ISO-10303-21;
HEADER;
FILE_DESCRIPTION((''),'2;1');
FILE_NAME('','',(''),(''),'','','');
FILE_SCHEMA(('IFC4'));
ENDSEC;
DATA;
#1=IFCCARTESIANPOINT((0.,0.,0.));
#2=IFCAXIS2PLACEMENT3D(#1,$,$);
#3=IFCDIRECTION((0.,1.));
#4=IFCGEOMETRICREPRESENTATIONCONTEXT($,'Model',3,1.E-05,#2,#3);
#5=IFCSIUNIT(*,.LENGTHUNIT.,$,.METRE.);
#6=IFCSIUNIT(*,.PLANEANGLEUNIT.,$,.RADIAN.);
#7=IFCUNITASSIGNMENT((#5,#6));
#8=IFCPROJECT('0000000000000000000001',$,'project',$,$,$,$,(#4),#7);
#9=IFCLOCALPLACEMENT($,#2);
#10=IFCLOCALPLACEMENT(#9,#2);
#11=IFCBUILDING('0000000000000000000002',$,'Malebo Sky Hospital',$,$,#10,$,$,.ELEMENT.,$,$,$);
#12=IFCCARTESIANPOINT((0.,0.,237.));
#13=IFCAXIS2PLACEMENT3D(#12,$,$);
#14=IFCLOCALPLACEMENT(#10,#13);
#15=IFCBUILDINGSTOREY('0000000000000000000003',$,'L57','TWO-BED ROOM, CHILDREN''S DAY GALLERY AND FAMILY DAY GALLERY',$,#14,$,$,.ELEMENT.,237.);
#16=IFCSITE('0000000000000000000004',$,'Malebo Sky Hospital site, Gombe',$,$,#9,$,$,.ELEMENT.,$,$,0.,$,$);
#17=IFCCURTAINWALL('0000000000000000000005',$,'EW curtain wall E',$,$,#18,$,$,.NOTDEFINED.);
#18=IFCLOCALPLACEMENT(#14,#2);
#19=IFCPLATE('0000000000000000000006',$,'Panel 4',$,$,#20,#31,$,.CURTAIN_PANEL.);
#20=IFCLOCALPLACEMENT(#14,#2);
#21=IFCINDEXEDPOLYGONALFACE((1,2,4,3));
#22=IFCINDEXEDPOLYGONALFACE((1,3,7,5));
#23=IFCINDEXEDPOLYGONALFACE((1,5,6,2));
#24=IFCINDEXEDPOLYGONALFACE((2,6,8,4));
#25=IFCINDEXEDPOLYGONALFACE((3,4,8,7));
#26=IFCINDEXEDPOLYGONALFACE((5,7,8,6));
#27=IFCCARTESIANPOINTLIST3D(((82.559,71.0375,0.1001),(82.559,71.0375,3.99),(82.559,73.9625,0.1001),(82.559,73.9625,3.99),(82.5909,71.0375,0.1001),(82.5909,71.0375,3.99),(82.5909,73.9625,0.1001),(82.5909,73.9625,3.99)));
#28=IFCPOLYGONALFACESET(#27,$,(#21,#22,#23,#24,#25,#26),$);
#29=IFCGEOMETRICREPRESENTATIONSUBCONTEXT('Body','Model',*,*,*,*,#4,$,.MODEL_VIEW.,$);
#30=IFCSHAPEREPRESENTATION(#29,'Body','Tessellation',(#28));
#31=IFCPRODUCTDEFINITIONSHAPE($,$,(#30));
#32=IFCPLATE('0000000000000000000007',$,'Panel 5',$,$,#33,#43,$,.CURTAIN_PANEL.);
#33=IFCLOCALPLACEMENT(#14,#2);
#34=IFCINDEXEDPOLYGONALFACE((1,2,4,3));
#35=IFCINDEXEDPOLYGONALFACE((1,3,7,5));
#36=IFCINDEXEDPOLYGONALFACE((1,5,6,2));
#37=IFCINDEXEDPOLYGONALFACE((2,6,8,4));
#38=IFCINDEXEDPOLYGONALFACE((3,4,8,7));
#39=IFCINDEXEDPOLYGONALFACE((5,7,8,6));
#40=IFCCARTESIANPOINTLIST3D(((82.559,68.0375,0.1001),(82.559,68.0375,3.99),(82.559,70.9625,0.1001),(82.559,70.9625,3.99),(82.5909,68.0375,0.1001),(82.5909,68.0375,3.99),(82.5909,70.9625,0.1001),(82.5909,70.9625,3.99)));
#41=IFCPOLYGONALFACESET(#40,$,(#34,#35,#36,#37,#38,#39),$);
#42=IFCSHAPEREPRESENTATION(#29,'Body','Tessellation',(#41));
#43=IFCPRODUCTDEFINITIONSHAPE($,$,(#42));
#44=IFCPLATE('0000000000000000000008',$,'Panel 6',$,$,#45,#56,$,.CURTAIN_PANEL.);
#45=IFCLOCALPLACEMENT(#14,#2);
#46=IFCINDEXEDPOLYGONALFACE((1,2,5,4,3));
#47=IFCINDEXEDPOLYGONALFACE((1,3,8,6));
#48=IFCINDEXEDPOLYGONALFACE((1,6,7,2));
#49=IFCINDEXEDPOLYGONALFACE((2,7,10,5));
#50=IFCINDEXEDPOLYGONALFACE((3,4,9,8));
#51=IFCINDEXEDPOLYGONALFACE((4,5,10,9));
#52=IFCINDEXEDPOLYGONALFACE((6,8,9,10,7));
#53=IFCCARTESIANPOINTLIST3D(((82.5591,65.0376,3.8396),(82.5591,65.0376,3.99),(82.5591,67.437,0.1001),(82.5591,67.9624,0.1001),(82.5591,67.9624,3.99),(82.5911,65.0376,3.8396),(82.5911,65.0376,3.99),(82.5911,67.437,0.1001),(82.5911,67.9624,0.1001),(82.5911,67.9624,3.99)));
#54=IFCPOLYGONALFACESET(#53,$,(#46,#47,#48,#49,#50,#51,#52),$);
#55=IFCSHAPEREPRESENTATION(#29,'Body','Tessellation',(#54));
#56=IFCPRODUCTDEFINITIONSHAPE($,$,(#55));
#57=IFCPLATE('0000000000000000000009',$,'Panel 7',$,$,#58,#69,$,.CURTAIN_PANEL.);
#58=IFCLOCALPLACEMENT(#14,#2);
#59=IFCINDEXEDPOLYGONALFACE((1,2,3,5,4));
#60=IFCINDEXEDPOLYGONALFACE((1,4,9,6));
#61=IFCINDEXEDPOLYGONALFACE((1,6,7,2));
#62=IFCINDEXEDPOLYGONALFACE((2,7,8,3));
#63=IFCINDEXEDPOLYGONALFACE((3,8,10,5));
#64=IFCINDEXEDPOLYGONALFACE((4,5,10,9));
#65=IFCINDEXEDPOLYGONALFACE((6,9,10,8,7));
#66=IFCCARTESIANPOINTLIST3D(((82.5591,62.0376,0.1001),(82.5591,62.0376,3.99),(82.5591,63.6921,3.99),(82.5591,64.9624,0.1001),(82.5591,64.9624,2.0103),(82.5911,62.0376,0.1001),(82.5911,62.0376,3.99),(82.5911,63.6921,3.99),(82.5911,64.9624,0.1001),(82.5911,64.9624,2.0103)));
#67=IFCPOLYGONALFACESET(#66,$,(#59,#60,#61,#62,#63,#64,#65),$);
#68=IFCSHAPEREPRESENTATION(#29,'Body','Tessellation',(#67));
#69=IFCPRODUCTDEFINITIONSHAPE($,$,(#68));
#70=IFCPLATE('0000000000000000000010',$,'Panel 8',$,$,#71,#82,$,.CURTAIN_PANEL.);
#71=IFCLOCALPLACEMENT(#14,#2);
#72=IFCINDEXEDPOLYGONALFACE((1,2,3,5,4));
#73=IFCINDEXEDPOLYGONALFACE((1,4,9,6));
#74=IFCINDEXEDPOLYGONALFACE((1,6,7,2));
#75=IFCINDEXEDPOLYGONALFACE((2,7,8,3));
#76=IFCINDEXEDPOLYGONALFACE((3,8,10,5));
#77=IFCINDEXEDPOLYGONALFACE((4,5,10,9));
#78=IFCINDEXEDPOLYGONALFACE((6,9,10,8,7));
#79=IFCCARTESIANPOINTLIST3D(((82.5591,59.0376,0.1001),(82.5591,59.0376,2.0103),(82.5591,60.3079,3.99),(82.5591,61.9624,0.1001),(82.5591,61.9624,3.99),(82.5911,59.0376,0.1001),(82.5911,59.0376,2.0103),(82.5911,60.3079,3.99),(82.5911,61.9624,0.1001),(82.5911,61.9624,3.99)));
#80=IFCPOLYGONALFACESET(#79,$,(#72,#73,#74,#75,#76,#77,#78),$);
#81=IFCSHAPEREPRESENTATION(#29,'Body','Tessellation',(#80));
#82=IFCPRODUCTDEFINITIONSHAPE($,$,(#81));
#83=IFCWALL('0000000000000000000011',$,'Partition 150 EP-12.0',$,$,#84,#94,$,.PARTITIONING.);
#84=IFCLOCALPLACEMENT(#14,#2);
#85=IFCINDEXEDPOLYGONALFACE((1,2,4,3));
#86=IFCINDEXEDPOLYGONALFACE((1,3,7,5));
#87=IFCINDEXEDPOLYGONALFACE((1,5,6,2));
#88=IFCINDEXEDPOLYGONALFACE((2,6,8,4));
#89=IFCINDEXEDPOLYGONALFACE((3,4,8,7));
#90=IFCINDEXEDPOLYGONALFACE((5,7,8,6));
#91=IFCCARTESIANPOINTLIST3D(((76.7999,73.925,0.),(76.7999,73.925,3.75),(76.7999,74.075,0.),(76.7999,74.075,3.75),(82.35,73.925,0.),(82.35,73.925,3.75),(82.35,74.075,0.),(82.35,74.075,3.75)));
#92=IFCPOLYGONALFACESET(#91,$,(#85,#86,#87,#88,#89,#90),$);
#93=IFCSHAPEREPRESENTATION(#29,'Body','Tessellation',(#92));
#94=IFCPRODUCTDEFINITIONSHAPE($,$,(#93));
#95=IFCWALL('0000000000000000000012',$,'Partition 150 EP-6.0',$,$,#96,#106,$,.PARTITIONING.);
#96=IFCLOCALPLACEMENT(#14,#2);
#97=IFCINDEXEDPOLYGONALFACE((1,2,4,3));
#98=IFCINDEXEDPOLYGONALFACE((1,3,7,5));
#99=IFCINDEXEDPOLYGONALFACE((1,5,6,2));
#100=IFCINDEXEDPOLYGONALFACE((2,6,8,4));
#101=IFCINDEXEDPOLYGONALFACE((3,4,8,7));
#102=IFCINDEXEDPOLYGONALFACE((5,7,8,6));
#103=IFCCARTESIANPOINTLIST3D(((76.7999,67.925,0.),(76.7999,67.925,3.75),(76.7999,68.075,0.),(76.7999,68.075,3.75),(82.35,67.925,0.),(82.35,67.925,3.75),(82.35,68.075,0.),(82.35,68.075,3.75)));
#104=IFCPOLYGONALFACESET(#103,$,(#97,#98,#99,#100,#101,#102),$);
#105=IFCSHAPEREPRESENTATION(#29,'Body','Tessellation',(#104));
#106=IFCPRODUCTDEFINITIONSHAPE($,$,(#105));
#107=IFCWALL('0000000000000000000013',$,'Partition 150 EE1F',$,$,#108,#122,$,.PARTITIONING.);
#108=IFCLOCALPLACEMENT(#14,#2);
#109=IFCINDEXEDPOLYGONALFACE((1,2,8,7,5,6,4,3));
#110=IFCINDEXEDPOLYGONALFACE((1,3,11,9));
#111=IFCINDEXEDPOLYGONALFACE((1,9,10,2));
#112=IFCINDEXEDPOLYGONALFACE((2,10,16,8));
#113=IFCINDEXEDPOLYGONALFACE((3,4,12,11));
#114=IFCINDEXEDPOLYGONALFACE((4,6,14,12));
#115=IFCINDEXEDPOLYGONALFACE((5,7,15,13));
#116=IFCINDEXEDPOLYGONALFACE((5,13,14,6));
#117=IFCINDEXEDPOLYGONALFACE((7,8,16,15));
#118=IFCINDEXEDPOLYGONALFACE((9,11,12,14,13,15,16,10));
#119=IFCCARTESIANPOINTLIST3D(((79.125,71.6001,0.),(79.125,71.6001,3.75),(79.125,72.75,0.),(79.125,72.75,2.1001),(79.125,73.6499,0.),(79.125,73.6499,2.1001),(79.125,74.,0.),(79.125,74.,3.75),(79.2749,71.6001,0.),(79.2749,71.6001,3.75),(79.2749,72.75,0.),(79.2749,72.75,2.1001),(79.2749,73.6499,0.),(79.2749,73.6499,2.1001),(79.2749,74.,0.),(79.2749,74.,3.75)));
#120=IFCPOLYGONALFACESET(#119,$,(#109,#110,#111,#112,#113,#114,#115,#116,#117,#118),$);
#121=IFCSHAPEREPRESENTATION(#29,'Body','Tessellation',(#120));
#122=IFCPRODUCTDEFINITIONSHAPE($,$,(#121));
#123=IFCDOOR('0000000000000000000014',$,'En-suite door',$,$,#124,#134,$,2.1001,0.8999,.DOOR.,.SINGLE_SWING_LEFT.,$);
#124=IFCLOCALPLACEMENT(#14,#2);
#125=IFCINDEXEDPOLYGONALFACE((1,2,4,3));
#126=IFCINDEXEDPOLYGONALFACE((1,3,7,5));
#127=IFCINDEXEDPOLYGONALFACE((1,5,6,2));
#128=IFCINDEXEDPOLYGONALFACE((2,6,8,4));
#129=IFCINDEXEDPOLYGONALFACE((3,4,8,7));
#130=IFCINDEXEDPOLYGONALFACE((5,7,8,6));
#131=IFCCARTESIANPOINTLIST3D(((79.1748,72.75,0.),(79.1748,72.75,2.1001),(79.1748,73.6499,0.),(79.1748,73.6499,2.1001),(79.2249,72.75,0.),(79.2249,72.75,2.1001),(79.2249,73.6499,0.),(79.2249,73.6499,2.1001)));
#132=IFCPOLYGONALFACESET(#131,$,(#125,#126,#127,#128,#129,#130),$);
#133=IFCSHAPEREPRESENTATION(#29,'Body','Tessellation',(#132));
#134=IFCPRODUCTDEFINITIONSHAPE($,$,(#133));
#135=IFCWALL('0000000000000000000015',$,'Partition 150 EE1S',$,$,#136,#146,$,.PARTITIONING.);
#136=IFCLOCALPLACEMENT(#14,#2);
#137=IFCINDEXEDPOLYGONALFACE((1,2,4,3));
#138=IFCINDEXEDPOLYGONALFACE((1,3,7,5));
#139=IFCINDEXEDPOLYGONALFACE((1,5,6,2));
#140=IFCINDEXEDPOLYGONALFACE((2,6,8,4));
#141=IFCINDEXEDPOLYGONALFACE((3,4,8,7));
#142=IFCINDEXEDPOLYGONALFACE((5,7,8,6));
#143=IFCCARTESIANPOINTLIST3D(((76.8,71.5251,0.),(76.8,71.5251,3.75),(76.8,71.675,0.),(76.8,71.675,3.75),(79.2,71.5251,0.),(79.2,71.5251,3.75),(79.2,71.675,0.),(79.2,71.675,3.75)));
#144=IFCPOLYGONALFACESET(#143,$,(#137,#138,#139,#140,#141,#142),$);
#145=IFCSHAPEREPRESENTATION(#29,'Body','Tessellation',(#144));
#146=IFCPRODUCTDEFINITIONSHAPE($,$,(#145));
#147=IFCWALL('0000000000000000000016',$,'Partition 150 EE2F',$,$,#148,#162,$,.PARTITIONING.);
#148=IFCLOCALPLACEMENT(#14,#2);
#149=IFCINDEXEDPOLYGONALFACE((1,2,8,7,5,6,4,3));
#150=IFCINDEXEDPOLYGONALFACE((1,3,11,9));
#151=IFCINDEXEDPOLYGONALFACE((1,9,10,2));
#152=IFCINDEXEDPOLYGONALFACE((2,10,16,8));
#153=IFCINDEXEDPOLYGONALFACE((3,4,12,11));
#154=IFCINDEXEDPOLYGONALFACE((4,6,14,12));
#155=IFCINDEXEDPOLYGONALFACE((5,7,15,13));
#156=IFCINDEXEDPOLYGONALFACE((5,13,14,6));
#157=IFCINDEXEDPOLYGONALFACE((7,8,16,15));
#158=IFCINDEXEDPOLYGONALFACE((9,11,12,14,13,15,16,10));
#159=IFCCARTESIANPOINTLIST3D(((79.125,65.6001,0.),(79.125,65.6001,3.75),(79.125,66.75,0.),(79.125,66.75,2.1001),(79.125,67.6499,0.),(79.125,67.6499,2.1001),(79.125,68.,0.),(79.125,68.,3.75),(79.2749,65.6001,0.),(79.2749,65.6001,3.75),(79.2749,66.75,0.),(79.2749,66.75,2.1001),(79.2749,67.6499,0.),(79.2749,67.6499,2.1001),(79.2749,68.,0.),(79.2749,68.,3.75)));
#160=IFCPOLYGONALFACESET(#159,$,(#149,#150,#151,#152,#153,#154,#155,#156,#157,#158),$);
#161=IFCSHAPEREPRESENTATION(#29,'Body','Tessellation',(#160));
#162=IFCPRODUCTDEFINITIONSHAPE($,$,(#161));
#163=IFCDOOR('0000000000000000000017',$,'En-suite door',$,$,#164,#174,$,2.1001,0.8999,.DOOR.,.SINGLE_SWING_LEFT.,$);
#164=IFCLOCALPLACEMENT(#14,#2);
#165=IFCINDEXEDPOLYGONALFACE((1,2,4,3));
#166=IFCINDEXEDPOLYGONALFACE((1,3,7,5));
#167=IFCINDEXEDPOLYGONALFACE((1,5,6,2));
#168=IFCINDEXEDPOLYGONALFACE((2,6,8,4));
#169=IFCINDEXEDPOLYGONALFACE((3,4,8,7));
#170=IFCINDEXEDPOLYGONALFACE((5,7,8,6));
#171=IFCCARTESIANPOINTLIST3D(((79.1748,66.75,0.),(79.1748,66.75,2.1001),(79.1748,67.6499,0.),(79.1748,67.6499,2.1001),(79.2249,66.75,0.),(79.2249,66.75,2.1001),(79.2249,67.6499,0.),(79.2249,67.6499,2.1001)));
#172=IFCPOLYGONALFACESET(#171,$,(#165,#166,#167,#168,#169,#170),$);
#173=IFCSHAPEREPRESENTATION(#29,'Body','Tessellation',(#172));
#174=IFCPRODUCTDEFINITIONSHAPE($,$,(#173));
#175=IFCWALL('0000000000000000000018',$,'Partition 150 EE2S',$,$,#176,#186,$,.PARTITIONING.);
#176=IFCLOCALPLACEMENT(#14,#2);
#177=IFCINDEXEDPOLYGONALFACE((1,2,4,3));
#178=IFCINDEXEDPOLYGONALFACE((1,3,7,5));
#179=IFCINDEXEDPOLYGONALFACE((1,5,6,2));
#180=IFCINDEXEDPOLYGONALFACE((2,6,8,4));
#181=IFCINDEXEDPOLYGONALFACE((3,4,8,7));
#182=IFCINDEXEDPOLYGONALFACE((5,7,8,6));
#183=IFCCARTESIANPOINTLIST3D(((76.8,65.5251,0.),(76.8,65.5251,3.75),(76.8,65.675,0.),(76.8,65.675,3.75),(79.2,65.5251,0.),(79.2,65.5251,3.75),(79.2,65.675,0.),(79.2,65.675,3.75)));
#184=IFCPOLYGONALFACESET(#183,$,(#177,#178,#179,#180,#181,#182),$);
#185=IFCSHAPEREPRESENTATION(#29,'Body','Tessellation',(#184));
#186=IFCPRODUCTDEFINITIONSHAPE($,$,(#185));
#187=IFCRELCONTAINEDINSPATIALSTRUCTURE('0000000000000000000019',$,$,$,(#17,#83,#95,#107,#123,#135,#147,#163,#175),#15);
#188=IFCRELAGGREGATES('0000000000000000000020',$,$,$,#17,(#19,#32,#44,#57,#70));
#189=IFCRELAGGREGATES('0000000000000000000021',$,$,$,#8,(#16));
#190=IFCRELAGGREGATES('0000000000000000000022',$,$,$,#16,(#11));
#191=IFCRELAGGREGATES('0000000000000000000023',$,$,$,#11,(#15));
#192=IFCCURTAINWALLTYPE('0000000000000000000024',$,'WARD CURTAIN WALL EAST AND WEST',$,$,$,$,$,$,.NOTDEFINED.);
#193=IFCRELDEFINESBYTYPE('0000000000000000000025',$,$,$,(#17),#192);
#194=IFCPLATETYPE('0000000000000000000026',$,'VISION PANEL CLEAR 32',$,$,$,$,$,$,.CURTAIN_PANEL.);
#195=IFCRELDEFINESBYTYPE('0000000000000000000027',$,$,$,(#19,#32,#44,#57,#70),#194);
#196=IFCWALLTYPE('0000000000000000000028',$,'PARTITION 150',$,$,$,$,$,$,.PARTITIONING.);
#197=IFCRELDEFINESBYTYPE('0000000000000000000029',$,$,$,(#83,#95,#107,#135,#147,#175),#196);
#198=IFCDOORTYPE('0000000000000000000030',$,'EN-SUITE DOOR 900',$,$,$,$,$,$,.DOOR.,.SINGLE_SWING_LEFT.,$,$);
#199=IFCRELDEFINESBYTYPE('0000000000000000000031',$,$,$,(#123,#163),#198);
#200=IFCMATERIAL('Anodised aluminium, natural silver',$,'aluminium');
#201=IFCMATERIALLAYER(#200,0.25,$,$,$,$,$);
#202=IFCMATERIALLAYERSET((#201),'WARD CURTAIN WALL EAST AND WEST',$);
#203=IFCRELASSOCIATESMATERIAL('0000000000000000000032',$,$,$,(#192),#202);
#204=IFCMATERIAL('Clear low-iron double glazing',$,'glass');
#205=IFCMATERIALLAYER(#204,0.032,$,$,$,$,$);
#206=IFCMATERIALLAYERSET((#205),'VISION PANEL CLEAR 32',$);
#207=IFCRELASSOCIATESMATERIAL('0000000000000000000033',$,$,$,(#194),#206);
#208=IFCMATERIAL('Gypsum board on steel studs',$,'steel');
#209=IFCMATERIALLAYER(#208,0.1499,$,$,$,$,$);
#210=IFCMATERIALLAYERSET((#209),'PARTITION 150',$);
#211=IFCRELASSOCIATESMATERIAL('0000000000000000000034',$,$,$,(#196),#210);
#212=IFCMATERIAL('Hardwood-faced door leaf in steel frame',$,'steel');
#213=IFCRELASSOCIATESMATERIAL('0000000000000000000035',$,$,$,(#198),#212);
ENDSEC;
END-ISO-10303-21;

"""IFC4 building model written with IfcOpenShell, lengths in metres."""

from ifc_helpers import new_model, si_unit, direction, frame, frame_2d, origin, origin_2d, place, context, subcontext, project, spatial, polyline, rectangle, outline, extrude, material, layer, layer_set, type_object, element, fill, aggregate, save


model = new_model("IFC4")

# Units and contexts
model_context = context("Model", 3, precision=1e-05, world=origin(), true_north=direction((0.0, 1.0)))
body_context = subcontext(model_context, "Body", "Model", "MODEL_VIEW")
ifc_project = project(units=[si_unit("LENGTHUNIT", "METRE"), si_unit("PLANEANGLEUNIT", "RADIAN")], contexts=[model_context])

# Site, building, storey
site_placement = place(None, origin())
site = spatial("IfcSite", under=ifc_project, at=site_placement, Name="Malebo Sky Hospital site, Gombe", CompositionType="ELEMENT", RefElevation=0.0)
building_placement = place(site_placement, origin())
building = spatial("IfcBuilding", under=site, at=building_placement, Name="Malebo Sky Hospital", CompositionType="ELEMENT")
storey_placement = place(building_placement, frame((0.0, 0.0, 237.0)))
storey = spatial("IfcBuildingStorey", under=building, at=storey_placement, Name="L57", Description="TWO-BED ROOM, CHILDREN'S DAY GALLERY AND FAMILY DAY GALLERY", CompositionType="ELEMENT", Elevation=237.0)

# Curtain wall
ifc_material_1 = material(Name="Anodised aluminium, natural silver", Category="aluminium")
ifc_layer_1 = layer(ifc_material_1, 0.25)
ifc_layer_set_1 = layer_set([ifc_layer_1], Name="WARD CURTAIN WALL EAST AND WEST")
curtain_wall_type = type_object("IfcCurtainWallType", Name="WARD CURTAIN WALL EAST AND WEST", PredefinedType="NOTDEFINED", material=ifc_layer_set_1)
curtain_wall_placement = place(storey_placement, origin())
curtain_wall = element("IfcCurtainWall", 1, at=curtain_wall_placement, inside=storey, type_object=curtain_wall_type, Name="EW curtain wall E", PredefinedType="NOTDEFINED")

# Plates
ifc_material_2 = material(Name="Clear low-iron double glazing", Category="glass")
ifc_layer_2 = layer(ifc_material_2, 0.032)
ifc_layer_set_2 = layer_set([ifc_layer_2], Name="VISION PANEL CLEAR 32")
plate_type = type_object("IfcPlateType", Name="VISION PANEL CLEAR 32", PredefinedType="CURTAIN_PANEL", material=ifc_layer_set_2)
plate_1_placement = place(storey_placement, frame((82.575, 72.5, 0.1001), z_axis=(0.0, 0.0, 1.0), x_axis=(0.0, -1.0, 0.0)))
plate_1 = element("IfcPlate", 2, at=plate_1_placement, type_object=plate_type, Name="Panel 4", PredefinedType="CURTAIN_PANEL", context=body_context, shape_type="SweptSolid", body=[
    extrude(rectangle(XDim=2.925, YDim=0.032, at=origin_2d()), origin(), (0.0, 0.0, 1.0), 3.8899),
])
plate_2_placement = place(storey_placement, frame((82.575, 69.5, 0.1001), z_axis=(0.0, 0.0, 1.0), x_axis=(0.0, -1.0, 0.0)))
plate_2 = element("IfcPlate", 3, at=plate_2_placement, type_object=plate_type, Name="Panel 5", PredefinedType="CURTAIN_PANEL", context=body_context, shape_type="SweptSolid", body=[
    extrude(rectangle(XDim=2.925, YDim=0.032, at=origin_2d()), origin(), (0.0, 0.0, 1.0), 3.8899),
])
plate_3_placement = place(storey_placement, frame((82.575, 66.5, 0.1001), z_axis=(0.0, 0.0, 1.0), x_axis=(0.0, -1.0, 0.0)))
plate_3 = element("IfcPlate", 4, at=plate_3_placement, type_object=plate_type, Name="Panel 6", PredefinedType="CURTAIN_PANEL", context=body_context, shape_type="SweptSolid", body=[
    extrude(outline(polyline([(-1.4624, 0.0), (-0.937, 0.0), (1.4624, 3.7395), (1.4624, 3.8899), (-1.4624, 3.8899), (-1.4624, 0.0)])), frame((0.0, 0.0161, 0.0), z_axis=(0.0, -1.0, 0.0), x_axis=(1.0, 0.0, 0.0)), (0.0, 0.0, 1.0), 0.032),
])
plate_4_placement = place(storey_placement, frame((82.575, 63.5, 0.1001), z_axis=(0.0, 0.0, 1.0), x_axis=(0.0, -1.0, 0.0)))
plate_4 = element("IfcPlate", 5, at=plate_4_placement, type_object=plate_type, Name="Panel 7", PredefinedType="CURTAIN_PANEL", context=body_context, shape_type="SweptSolid", body=[
    extrude(outline(polyline([(-1.4624, 0.0), (1.4624, 0.0), (1.4624, 3.8899), (-0.1921, 3.8899), (-1.4624, 1.9102), (-1.4624, 0.0)])), frame((0.0, 0.0161, 0.0), z_axis=(0.0, -1.0, 0.0), x_axis=(1.0, 0.0, 0.0)), (0.0, 0.0, 1.0), 0.032),
])
plate_5_placement = place(storey_placement, frame((82.575, 60.5, 0.1001), z_axis=(0.0, 0.0, 1.0), x_axis=(0.0, -1.0, 0.0)))
plate_5 = element("IfcPlate", 6, at=plate_5_placement, type_object=plate_type, Name="Panel 8", PredefinedType="CURTAIN_PANEL", context=body_context, shape_type="SweptSolid", body=[
    extrude(outline(polyline([(-1.4624, 0.0), (1.4624, 0.0), (1.4624, 1.9102), (0.1921, 3.8899), (-1.4624, 3.8899), (-1.4624, 0.0)])), frame((0.0, 0.0161, 0.0), z_axis=(0.0, -1.0, 0.0), x_axis=(1.0, 0.0, 0.0)), (0.0, 0.0, 1.0), 0.032),
])
aggregate(curtain_wall, [plate_1, plate_2, plate_3, plate_4, plate_5])

# Walls
ifc_material_3 = material(Name="Gypsum board on steel studs", Category="steel")
ifc_layer_3 = layer(ifc_material_3, 0.1499)
ifc_layer_set_3 = layer_set([ifc_layer_3], Name="PARTITION 150")
wall_type_1 = type_object("IfcWallType", Name="PARTITION 150", PredefinedType="PARTITIONING", material=ifc_layer_set_3)
for number, where, z_axis, x_axis, name in (
    (7, (76.8, 74.0, 0.0), (0.0, 0.0, 1.0), (1.0, 0.0, 0.0), "Partition 150 EP-12.0"),
    (8, (76.8, 68.0, 0.0), (0.0, 0.0, 1.0), (1.0, 0.0, 0.0), "Partition 150 EP-6.0"),
):
    element("IfcWall", number, at=place(storey_placement, frame(where, z_axis=z_axis, x_axis=x_axis)), inside=storey, type_object=wall_type_1, Name=name, PredefinedType="PARTITIONING", context=body_context, shape_type="SweptSolid", body=[
        extrude(rectangle(XDim=5.55, YDim=0.1499, at=frame_2d((2.7749, 0.0))), origin(), (0.0, 0.0, 1.0), 3.75),
    ])

# Wall, opening, door
wall_1_placement = place(storey_placement, frame((79.2, 74.0, 0.0), z_axis=(0.0, 0.0, 1.0), x_axis=(0.0, -1.0, 0.0)))
wall_1 = element("IfcWall", 9, at=wall_1_placement, inside=storey, type_object=wall_type_1, Name="Partition 150 EE1F", PredefinedType="PARTITIONING", context=body_context, shape_type="SweptSolid", body=[
    extrude(rectangle(XDim=2.3999, YDim=0.1499, at=frame_2d((1.2, 0.0))), origin(), (0.0, 0.0, 1.0), 3.75),
])
opening_1_placement = place(wall_1_placement, frame((0.3501, 0.0, 0.0)))
opening_1 = element("IfcOpeningElement", 10, at=opening_1_placement, cuts=wall_1, PredefinedType="OPENING", context=body_context, shape_type="SweptSolid", body=[
    extrude(rectangle(XDim=0.8999, YDim=2.1001, at=frame_2d((0.45, 1.05))), frame((0.0, 0.085, 0.0), z_axis=(0.0, -1.0, 0.0), x_axis=(1.0, 0.0, 0.0)), (0.0, 0.0, 1.0), 0.1699),
])
ifc_material_4 = material(Name="Hardwood-faced door leaf in steel frame", Category="steel")
door_type = type_object("IfcDoorType", Name="EN-SUITE DOOR 900", OperationType="SINGLE_SWING_LEFT", PredefinedType="DOOR", material=ifc_material_4)
door_1_placement = place(opening_1_placement, origin())
door_1 = element("IfcDoor", 11, at=door_1_placement, inside=storey, type_object=door_type, Name="En-suite door", OperationType="SINGLE_SWING_LEFT", OverallHeight=2.1001, OverallWidth=0.8999, PredefinedType="DOOR", context=body_context, shape_type="SweptSolid", body=[
    extrude(rectangle(XDim=0.8999, YDim=2.1001, at=frame_2d((0.45, 1.05))), frame((0.0, 0.0249, 0.0), z_axis=(0.0, -1.0, 0.0), x_axis=(1.0, 0.0, 0.0)), (0.0, 0.0, 1.0), 0.05),
])
fill(opening_1, door_1)

# Wall
wall_2_placement = place(storey_placement, frame((76.8, 71.6001, 0.0), z_axis=(0.0, 0.0, 1.0), x_axis=(1.0, 0.0, 0.0)))
element("IfcWall", 12, at=wall_2_placement, inside=storey, type_object=wall_type_1, Name="Partition 150 EE1S", PredefinedType="PARTITIONING", context=body_context, shape_type="SweptSolid", body=[
    extrude(rectangle(XDim=2.3999, YDim=0.1499, at=frame_2d((1.2, 0.0))), origin(), (0.0, 0.0, 1.0), 3.75),
])

# Wall, opening, door
wall_3_placement = place(storey_placement, frame((79.2, 68.0, 0.0), z_axis=(0.0, 0.0, 1.0), x_axis=(0.0, -1.0, 0.0)))
wall_3 = element("IfcWall", 13, at=wall_3_placement, inside=storey, type_object=wall_type_1, Name="Partition 150 EE2F", PredefinedType="PARTITIONING", context=body_context, shape_type="SweptSolid", body=[
    extrude(rectangle(XDim=2.3999, YDim=0.1499, at=frame_2d((1.2, 0.0))), origin(), (0.0, 0.0, 1.0), 3.75),
])
opening_2_placement = place(wall_3_placement, frame((0.3501, 0.0, 0.0)))
opening_2 = element("IfcOpeningElement", 14, at=opening_2_placement, cuts=wall_3, PredefinedType="OPENING", context=body_context, shape_type="SweptSolid", body=[
    extrude(rectangle(XDim=0.8999, YDim=2.1001, at=frame_2d((0.45, 1.05))), frame((0.0, 0.085, 0.0), z_axis=(0.0, -1.0, 0.0), x_axis=(1.0, 0.0, 0.0)), (0.0, 0.0, 1.0), 0.1699),
])
door_2_placement = place(opening_2_placement, origin())
door_2 = element("IfcDoor", 15, at=door_2_placement, inside=storey, type_object=door_type, Name="En-suite door", OperationType="SINGLE_SWING_LEFT", OverallHeight=2.1001, OverallWidth=0.8999, PredefinedType="DOOR", context=body_context, shape_type="SweptSolid", body=[
    extrude(rectangle(XDim=0.8999, YDim=2.1001, at=frame_2d((0.45, 1.05))), frame((0.0, 0.0249, 0.0), z_axis=(0.0, -1.0, 0.0), x_axis=(1.0, 0.0, 0.0)), (0.0, 0.0, 1.0), 0.05),
])
fill(opening_2, door_2)

# Wall
wall_4_placement = place(storey_placement, frame((76.8, 65.6001, 0.0), z_axis=(0.0, 0.0, 1.0), x_axis=(1.0, 0.0, 0.0)))
element("IfcWall", 16, at=wall_4_placement, inside=storey, type_object=wall_type_1, Name="Partition 150 EE2S", PredefinedType="PARTITIONING", context=body_context, shape_type="SweptSolid", body=[
    extrude(rectangle(XDim=2.3999, YDim=0.1499, at=frame_2d((1.2, 0.0))), origin(), (0.0, 0.0, 1.0), 3.75),
])

save(model, "model.ifc")
